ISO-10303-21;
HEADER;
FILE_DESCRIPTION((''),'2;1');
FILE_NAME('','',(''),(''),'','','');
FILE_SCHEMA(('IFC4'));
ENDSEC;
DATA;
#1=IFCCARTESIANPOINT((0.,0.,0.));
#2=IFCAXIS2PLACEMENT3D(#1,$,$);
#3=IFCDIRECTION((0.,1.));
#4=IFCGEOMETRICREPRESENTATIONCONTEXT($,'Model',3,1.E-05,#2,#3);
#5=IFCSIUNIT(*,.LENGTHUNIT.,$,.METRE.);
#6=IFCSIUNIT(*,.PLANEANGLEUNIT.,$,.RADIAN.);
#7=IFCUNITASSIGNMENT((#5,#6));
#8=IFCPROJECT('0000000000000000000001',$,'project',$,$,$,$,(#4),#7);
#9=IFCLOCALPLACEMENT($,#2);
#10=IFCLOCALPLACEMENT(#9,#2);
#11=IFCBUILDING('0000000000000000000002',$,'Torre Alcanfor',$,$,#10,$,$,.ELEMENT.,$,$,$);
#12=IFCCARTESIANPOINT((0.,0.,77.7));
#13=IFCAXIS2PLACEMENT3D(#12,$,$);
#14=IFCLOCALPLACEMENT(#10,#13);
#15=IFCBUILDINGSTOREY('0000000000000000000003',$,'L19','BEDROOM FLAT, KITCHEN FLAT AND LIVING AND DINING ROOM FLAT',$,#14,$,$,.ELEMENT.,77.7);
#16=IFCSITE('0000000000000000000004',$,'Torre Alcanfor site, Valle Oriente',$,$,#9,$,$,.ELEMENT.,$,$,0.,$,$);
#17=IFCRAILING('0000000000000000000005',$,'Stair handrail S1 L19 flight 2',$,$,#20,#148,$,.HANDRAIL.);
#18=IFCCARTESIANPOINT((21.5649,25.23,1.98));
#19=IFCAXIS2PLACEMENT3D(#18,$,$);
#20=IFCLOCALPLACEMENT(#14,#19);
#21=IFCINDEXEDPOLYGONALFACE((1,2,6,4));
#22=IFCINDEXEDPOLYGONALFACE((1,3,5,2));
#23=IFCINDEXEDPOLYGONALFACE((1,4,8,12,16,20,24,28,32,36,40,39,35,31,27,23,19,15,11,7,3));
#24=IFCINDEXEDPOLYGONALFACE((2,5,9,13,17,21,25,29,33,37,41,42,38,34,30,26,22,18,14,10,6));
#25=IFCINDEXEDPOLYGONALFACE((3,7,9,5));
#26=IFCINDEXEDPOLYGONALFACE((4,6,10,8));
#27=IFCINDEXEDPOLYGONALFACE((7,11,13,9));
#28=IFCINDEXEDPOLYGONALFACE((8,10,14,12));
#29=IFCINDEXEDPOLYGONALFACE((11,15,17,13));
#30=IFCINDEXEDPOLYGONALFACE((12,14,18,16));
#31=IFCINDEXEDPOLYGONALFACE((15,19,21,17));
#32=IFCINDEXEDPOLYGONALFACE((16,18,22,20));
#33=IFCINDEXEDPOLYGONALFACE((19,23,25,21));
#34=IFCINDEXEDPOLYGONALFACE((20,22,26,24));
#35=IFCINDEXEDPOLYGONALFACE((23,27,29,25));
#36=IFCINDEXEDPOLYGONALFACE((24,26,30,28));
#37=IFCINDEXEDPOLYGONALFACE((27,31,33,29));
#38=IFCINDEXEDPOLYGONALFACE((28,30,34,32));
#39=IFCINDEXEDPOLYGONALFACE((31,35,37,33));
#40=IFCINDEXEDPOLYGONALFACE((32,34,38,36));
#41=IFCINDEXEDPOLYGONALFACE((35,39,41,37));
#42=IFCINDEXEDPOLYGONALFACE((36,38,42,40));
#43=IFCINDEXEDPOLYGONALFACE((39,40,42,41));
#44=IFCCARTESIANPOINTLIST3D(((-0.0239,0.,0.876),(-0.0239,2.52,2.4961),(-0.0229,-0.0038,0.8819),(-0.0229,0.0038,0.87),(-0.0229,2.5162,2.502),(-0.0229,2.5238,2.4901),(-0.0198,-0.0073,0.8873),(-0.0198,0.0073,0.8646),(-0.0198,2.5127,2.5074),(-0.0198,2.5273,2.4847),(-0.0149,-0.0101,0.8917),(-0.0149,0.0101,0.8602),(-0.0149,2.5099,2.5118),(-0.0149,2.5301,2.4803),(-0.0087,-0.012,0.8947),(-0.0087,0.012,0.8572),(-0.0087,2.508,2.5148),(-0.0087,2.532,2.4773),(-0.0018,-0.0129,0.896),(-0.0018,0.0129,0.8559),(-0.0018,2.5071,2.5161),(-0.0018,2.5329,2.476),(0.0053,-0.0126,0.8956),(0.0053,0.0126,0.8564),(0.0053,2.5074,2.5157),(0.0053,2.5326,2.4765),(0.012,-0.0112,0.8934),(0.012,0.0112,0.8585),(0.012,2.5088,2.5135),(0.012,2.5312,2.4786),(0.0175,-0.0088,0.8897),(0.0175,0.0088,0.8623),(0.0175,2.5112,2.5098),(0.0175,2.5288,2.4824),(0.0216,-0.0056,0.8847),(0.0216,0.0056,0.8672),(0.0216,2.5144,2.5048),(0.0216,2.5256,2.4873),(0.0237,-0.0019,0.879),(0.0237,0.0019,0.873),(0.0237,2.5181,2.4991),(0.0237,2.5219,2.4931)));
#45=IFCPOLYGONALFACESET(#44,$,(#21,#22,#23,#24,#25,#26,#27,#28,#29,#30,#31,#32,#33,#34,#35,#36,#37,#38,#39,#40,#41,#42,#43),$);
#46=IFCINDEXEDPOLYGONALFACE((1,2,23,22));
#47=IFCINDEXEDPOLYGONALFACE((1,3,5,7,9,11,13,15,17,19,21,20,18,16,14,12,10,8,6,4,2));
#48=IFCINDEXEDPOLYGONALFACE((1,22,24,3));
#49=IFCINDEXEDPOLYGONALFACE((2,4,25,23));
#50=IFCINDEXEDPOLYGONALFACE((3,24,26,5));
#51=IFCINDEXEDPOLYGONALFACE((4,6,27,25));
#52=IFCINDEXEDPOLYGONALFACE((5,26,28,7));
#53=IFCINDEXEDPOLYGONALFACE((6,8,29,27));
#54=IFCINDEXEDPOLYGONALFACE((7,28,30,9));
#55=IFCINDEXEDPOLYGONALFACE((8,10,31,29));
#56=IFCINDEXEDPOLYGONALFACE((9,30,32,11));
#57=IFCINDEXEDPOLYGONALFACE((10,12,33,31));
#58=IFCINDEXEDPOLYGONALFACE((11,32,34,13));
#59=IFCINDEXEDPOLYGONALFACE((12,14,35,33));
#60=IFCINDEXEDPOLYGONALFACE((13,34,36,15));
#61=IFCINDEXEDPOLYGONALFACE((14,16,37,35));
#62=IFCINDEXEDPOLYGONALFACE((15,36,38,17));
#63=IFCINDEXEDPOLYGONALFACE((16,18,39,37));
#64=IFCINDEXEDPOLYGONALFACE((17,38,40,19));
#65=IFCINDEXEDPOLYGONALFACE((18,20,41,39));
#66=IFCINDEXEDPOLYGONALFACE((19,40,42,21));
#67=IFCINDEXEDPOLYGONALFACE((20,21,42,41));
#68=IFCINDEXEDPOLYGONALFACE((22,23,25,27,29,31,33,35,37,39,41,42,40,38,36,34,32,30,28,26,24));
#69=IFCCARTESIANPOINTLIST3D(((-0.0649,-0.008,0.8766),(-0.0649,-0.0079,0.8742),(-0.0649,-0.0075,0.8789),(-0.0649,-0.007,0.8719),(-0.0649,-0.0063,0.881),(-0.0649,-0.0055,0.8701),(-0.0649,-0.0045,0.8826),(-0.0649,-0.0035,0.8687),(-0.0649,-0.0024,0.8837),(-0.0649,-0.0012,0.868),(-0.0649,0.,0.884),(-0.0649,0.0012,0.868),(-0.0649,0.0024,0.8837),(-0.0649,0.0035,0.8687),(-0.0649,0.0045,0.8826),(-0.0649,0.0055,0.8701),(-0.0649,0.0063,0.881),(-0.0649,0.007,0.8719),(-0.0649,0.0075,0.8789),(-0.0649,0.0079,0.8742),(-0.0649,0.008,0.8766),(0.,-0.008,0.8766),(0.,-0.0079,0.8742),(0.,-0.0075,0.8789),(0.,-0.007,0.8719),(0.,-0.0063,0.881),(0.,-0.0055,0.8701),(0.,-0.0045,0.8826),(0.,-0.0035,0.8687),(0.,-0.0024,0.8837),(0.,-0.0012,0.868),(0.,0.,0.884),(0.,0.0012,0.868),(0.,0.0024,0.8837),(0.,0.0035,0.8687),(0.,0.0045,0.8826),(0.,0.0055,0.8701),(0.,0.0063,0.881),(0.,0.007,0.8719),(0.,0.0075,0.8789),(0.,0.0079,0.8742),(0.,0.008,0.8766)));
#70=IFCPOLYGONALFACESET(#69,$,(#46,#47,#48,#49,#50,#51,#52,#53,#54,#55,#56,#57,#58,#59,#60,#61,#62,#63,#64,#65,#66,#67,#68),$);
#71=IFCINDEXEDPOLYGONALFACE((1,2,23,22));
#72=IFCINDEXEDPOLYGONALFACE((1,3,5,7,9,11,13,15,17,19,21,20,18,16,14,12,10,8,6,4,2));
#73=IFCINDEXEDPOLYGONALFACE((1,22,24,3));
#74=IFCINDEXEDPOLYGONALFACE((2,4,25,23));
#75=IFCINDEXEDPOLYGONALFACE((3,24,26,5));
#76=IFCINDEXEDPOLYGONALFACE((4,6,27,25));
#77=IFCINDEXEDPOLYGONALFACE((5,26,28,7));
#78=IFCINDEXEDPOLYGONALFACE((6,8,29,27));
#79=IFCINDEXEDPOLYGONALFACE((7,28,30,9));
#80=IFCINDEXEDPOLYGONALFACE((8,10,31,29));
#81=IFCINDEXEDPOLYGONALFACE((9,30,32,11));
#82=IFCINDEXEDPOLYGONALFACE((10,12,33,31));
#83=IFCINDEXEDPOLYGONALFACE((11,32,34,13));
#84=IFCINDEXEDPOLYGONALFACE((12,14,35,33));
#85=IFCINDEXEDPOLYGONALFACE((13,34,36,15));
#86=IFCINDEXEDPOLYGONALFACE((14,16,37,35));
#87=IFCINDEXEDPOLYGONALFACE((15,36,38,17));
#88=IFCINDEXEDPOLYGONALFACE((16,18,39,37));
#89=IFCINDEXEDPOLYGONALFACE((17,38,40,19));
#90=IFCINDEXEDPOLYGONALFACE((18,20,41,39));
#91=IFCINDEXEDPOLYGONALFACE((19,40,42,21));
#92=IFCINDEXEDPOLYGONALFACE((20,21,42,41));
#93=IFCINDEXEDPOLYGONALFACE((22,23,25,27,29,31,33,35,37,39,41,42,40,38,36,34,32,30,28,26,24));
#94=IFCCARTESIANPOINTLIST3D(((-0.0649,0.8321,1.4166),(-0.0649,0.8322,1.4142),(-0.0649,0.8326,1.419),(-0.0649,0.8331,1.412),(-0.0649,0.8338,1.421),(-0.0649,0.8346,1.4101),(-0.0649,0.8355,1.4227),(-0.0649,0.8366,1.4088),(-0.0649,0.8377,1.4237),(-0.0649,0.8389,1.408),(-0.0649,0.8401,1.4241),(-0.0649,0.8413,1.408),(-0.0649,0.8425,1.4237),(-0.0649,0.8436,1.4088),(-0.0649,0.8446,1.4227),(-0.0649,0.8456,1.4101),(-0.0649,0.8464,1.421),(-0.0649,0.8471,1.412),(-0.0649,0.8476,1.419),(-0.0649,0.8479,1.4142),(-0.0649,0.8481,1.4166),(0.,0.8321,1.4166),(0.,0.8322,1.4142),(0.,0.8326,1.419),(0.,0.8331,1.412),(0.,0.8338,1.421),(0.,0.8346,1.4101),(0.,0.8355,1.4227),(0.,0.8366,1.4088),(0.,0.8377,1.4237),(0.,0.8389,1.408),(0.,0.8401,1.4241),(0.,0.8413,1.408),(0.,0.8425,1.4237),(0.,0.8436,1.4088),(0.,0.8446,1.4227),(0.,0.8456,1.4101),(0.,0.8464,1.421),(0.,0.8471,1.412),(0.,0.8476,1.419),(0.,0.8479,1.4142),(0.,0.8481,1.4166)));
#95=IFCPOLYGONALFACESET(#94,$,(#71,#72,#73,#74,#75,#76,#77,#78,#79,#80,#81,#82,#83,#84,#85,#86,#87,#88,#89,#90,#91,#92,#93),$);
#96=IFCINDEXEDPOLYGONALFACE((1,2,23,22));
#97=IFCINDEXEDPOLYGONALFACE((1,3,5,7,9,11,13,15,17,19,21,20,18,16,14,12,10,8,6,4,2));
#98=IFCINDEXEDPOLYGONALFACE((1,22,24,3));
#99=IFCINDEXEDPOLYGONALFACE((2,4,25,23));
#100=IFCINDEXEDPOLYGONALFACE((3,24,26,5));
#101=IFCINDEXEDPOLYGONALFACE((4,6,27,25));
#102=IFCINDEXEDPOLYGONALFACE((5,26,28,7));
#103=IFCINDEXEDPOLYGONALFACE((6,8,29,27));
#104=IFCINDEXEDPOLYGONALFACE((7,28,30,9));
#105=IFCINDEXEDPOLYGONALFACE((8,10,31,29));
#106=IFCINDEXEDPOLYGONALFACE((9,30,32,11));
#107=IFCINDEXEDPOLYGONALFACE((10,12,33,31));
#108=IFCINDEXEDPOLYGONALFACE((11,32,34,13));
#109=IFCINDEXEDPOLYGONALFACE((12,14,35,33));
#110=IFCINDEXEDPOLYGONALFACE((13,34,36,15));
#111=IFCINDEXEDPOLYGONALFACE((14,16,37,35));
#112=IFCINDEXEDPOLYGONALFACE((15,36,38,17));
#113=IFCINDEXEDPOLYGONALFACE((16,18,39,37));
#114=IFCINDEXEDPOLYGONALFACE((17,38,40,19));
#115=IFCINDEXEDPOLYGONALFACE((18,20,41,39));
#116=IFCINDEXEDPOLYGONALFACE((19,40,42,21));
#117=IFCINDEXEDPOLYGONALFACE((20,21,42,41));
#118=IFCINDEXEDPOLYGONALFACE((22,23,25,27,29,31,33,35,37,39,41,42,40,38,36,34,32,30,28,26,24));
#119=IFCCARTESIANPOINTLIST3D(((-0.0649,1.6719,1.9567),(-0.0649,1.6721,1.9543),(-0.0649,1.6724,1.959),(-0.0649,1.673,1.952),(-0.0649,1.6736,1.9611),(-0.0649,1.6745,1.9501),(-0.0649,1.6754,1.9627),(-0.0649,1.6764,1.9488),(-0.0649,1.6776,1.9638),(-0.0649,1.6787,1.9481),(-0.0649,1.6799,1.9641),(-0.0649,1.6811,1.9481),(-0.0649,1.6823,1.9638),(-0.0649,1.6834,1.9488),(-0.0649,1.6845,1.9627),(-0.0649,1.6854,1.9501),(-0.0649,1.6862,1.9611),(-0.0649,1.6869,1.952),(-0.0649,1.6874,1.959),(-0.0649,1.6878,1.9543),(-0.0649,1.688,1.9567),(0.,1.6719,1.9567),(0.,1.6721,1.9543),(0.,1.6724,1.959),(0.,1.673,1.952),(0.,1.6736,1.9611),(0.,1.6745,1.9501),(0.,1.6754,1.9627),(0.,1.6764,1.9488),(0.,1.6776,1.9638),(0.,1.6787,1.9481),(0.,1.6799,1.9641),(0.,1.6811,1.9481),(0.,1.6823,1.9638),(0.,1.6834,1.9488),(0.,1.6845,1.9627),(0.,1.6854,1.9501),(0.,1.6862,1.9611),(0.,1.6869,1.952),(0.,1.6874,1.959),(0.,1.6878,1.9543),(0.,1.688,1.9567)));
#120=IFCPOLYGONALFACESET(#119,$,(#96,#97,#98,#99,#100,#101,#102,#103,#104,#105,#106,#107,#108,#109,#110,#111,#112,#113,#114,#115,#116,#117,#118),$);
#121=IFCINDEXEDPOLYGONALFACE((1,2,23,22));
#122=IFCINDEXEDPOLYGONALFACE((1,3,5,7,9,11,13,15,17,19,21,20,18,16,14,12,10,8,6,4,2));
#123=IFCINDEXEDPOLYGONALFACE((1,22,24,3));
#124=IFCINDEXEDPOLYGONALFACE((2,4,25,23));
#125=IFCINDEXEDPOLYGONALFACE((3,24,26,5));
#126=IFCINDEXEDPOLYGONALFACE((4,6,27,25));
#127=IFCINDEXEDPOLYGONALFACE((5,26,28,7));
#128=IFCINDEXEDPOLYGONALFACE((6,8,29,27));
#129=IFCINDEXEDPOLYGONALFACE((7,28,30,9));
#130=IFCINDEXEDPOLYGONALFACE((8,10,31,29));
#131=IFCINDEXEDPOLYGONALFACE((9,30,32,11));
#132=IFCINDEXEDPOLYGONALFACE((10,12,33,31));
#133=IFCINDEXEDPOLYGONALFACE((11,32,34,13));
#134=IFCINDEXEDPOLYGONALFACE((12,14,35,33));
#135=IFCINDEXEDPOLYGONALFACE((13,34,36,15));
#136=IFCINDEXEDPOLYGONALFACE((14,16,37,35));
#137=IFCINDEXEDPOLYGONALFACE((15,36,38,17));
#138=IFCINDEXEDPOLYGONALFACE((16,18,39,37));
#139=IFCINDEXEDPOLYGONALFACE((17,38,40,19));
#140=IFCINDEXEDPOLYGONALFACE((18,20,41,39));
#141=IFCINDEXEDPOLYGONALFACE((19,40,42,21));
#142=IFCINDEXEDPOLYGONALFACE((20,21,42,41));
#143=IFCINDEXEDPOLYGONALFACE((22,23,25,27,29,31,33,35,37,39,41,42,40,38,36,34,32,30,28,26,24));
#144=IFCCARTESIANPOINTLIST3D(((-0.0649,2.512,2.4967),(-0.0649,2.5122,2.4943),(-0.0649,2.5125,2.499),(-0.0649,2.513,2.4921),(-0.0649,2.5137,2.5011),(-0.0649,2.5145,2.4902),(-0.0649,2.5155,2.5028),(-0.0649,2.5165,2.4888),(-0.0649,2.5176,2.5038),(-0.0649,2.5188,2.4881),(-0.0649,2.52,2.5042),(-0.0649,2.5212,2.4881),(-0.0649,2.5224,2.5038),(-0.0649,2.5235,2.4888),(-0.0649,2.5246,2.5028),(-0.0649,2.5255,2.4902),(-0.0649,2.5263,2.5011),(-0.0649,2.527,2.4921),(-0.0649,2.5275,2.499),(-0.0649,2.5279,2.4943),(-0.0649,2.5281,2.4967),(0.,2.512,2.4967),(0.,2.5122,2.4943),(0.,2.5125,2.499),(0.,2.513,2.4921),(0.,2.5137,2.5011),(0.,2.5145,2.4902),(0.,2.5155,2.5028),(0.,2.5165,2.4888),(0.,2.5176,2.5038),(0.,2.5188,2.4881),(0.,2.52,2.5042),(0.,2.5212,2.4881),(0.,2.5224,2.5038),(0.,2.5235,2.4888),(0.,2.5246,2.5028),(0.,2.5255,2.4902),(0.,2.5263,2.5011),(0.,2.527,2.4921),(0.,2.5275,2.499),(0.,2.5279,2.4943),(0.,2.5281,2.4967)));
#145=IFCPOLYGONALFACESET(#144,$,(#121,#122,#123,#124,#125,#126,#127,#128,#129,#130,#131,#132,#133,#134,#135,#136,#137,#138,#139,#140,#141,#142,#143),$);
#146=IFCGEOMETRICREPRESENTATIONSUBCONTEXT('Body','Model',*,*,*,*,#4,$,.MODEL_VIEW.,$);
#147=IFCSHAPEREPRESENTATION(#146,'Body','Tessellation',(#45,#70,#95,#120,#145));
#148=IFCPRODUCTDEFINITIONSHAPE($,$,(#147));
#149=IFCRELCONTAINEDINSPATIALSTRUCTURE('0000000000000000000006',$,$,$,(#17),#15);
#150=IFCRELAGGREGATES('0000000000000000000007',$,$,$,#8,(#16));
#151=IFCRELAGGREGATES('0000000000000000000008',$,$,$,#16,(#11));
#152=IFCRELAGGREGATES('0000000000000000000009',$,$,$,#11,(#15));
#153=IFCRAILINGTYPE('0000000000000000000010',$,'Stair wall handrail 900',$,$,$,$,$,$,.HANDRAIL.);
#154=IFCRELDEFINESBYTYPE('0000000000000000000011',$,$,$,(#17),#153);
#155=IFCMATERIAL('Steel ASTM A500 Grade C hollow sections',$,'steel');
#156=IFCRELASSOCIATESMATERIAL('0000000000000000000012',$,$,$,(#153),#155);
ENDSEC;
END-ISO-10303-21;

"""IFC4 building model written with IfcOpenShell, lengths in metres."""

from ifc_helpers import new_model, si_unit, direction, frame, origin, origin_2d, place, context, subcontext, project, spatial, circle, extrude, material, type_object, element, save


model = new_model("IFC4")

# Units and contexts
model_context = context("Model", 3, precision=1e-05, world=origin(), true_north=direction((0.0, 1.0)))
body_context = subcontext(model_context, "Body", "Model", "MODEL_VIEW")
ifc_project = project(units=[si_unit("LENGTHUNIT", "METRE"), si_unit("PLANEANGLEUNIT", "RADIAN")], contexts=[model_context])

# Site, building, storey
site_placement = place(None, origin())
site = spatial("IfcSite", under=ifc_project, at=site_placement, Name="Torre Alcanfor site, Valle Oriente", CompositionType="ELEMENT", RefElevation=0.0)
building_placement = place(site_placement, origin())
building = spatial("IfcBuilding", under=site, at=building_placement, Name="Torre Alcanfor", CompositionType="ELEMENT")
storey_placement = place(building_placement, frame((0.0, 0.0, 77.7)))
storey = spatial("IfcBuildingStorey", under=building, at=storey_placement, Name="L19", Description="BEDROOM FLAT, KITCHEN FLAT AND LIVING AND DINING ROOM FLAT", CompositionType="ELEMENT", Elevation=77.7)

# Railing
ifc_material_1 = material(Name="Steel ASTM A500 Grade C hollow sections", Category="steel")
railing_type_1 = type_object("IfcRailingType", Name="Stair wall handrail 900", PredefinedType="HANDRAIL", material=ifc_material_1)
railing_1_placement = place(storey_placement, frame((21.5649, 25.23, 1.98)))
element("IfcRailing", 1, at=railing_1_placement, inside=storey, type_object=railing_type_1, Name="Stair handrail S1 L19 flight 2", PredefinedType="HANDRAIL", context=body_context, shape_type="SweptSolid", body=[
    extrude(circle(Radius=0.0239, at=origin_2d()), frame((0.0, 0.0, 0.876), z_axis=(0.0, 0.841163, 0.540782), x_axis=(-1.0, 0.0, 0.0)), (0.0, 0.0, 1.0), 2.9958),
    extrude(circle(Radius=0.0081, at=origin_2d()), frame((0.0, 0.0, 0.876), z_axis=(-1.0, 0.0, 0.0), x_axis=(0.0, 0.0, 1.0)), (0.0, 0.0, 1.0), 0.0649),
    extrude(circle(Radius=0.0081, at=origin_2d()), frame((0.0, 0.8401, 1.416), z_axis=(-1.0, 0.0, 0.0), x_axis=(0.0, 0.0, 1.0)), (0.0, 0.0, 1.0), 0.0649),
    extrude(circle(Radius=0.0081, at=origin_2d()), frame((0.0, 1.6799, 1.9561), z_axis=(-1.0, 0.0, 0.0), x_axis=(0.0, 0.0, 1.0)), (0.0, 0.0, 1.0), 0.0649),
    extrude(circle(Radius=0.0081, at=origin_2d()), frame((0.0, 2.52, 2.4961), z_axis=(-1.0, 0.0, 0.0), x_axis=(0.0, 0.0, 1.0)), (0.0, 0.0, 1.0), 0.0649),
])

save(model, "model.ifc")
